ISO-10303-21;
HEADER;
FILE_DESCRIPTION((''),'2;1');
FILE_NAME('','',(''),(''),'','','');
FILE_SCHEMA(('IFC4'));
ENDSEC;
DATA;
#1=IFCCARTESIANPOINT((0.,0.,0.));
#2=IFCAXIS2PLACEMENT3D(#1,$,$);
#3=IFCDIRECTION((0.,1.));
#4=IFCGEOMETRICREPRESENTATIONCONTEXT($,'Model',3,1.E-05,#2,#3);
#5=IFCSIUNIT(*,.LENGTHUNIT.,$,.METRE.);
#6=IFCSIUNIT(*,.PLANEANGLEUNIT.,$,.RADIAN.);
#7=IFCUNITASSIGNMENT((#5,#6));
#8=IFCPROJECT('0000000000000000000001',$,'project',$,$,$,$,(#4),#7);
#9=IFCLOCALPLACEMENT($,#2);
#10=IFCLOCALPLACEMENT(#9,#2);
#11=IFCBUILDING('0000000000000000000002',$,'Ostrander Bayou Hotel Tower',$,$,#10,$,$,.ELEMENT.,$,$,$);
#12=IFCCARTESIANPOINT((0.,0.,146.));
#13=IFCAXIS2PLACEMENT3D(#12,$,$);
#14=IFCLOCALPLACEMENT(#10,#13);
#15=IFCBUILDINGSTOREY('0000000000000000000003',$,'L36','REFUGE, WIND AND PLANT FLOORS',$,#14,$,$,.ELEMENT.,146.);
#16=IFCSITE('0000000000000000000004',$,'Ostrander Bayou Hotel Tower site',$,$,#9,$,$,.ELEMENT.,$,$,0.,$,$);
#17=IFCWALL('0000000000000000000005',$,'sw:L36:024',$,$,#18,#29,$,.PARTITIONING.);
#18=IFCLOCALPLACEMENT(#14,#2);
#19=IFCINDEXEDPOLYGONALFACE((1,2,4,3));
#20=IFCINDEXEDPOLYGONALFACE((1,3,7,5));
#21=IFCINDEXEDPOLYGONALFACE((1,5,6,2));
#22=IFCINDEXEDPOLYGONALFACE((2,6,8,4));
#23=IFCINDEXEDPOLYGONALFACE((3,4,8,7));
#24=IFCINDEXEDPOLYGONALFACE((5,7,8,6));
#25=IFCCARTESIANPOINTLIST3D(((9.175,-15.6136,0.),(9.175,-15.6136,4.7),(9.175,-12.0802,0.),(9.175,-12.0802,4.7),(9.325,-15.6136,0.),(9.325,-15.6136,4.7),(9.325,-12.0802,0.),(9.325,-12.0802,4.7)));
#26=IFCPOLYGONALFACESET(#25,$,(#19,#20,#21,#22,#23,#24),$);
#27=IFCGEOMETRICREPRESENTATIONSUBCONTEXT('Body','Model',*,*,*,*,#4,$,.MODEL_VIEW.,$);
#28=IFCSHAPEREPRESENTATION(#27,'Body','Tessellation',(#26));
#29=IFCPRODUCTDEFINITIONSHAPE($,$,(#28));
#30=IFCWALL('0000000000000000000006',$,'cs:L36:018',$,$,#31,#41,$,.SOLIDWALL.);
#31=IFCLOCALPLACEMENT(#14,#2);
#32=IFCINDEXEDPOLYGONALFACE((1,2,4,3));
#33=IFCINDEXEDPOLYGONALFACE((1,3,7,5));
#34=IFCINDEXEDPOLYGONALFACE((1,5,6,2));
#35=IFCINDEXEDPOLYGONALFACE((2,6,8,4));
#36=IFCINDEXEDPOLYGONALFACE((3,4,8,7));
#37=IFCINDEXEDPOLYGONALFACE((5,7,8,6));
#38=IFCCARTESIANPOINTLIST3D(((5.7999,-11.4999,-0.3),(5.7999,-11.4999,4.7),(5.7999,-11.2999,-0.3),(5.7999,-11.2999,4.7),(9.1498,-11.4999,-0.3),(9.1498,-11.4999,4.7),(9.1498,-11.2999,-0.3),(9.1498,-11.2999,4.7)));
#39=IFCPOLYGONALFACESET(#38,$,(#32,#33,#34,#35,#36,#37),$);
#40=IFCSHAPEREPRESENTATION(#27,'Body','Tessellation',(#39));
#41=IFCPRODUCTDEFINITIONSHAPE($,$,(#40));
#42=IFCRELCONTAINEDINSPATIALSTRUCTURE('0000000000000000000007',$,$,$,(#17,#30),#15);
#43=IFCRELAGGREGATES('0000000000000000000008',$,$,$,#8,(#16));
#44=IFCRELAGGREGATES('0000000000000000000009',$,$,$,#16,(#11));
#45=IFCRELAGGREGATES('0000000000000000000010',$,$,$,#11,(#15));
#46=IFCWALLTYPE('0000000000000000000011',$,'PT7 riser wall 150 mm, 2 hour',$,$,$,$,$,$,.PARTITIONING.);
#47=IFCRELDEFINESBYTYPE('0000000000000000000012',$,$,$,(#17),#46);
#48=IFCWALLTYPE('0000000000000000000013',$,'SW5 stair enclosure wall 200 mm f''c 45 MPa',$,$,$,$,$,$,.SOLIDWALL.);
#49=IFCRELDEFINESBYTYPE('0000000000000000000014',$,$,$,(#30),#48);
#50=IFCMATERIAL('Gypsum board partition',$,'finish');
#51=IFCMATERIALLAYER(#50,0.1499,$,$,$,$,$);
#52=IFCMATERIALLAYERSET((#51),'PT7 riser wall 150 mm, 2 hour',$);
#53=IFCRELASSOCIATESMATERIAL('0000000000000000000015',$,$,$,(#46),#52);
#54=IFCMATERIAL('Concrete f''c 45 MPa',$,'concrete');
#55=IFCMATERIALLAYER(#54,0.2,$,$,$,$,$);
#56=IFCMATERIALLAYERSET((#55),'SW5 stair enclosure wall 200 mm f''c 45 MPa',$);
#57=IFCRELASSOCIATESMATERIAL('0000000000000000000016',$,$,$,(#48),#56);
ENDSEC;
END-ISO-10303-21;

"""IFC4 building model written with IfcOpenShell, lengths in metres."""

from ifc_helpers import new_model, si_unit, direction, frame, frame_2d, origin, place, context, subcontext, project, spatial, rectangle, extrude, material, layer, layer_set, type_object, element, save


model = new_model("IFC4")

# Units and contexts
model_context = context("Model", 3, precision=1e-05, world=origin(), true_north=direction((0.0, 1.0)))
body_context = subcontext(model_context, "Body", "Model", "MODEL_VIEW")
ifc_project = project(units=[si_unit("LENGTHUNIT", "METRE"), si_unit("PLANEANGLEUNIT", "RADIAN")], contexts=[model_context])

# Site, building, storey
site_placement = place(None, origin())
site = spatial("IfcSite", under=ifc_project, at=site_placement, Name="Ostrander Bayou Hotel Tower site", CompositionType="ELEMENT", RefElevation=0.0)
building_placement = place(site_placement, origin())
building = spatial("IfcBuilding", under=site, at=building_placement, Name="Ostrander Bayou Hotel Tower", CompositionType="ELEMENT")
storey_placement = place(building_placement, frame((0.0, 0.0, 146.0)))
storey = spatial("IfcBuildingStorey", under=building, at=storey_placement, Name="L36", Description="REFUGE, WIND AND PLANT FLOORS", CompositionType="ELEMENT", Elevation=146.0)

# Shared definitions
ifc_material_1 = material(Name="Gypsum board partition", Category="finish")
ifc_layer_1 = layer(ifc_material_1, 0.1499)
ifc_layer_set_1 = layer_set([ifc_layer_1], Name="PT7 riser wall 150 mm, 2 hour")
wall_type_1 = type_object("IfcWallType", Name="PT7 riser wall 150 mm, 2 hour", PredefinedType="PARTITIONING", material=ifc_layer_set_1)

# Walls
wall_1_placement = place(storey_placement, frame((9.25, -15.6135, 0.0), z_axis=(0.0, 0.0, 1.0), x_axis=(0.0, 1.0, 0.0)))
element("IfcWall", 1, at=wall_1_placement, inside=storey, type_object=wall_type_1, Name="sw:L36:024", PredefinedType="PARTITIONING", context=body_context, shape_type="SweptSolid", body=[
    extrude(rectangle(XDim=3.5334, YDim=0.1499, at=frame_2d((1.7666, 0.0))), origin(), (0.0, 0.0, 1.0), 4.7),
])
ifc_material_2 = material(Name="Concrete f'c 45 MPa", Category="concrete")
ifc_layer_2 = layer(ifc_material_2, 0.2)
ifc_layer_set_2 = layer_set([ifc_layer_2], Name="SW5 stair enclosure wall 200 mm f'c 45 MPa")
wall_type_2 = type_object("IfcWallType", Name="SW5 stair enclosure wall 200 mm f'c 45 MPa", PredefinedType="SOLIDWALL", material=ifc_layer_set_2)
wall_2_placement = place(storey_placement, frame((5.8, -11.3999, -0.3), z_axis=(0.0, 0.0, 1.0), x_axis=(1.0, 0.0, 0.0)))
element("IfcWall", 2, at=wall_2_placement, inside=storey, type_object=wall_type_2, Name="cs:L36:018", PredefinedType="SOLIDWALL", context=body_context, shape_type="SweptSolid", body=[
    extrude(rectangle(XDim=3.3499, YDim=0.2, at=frame_2d((1.6748, 0.0))), origin(), (0.0, 0.0, 1.0), 5.0),
])

save(model, "model.ifc")
